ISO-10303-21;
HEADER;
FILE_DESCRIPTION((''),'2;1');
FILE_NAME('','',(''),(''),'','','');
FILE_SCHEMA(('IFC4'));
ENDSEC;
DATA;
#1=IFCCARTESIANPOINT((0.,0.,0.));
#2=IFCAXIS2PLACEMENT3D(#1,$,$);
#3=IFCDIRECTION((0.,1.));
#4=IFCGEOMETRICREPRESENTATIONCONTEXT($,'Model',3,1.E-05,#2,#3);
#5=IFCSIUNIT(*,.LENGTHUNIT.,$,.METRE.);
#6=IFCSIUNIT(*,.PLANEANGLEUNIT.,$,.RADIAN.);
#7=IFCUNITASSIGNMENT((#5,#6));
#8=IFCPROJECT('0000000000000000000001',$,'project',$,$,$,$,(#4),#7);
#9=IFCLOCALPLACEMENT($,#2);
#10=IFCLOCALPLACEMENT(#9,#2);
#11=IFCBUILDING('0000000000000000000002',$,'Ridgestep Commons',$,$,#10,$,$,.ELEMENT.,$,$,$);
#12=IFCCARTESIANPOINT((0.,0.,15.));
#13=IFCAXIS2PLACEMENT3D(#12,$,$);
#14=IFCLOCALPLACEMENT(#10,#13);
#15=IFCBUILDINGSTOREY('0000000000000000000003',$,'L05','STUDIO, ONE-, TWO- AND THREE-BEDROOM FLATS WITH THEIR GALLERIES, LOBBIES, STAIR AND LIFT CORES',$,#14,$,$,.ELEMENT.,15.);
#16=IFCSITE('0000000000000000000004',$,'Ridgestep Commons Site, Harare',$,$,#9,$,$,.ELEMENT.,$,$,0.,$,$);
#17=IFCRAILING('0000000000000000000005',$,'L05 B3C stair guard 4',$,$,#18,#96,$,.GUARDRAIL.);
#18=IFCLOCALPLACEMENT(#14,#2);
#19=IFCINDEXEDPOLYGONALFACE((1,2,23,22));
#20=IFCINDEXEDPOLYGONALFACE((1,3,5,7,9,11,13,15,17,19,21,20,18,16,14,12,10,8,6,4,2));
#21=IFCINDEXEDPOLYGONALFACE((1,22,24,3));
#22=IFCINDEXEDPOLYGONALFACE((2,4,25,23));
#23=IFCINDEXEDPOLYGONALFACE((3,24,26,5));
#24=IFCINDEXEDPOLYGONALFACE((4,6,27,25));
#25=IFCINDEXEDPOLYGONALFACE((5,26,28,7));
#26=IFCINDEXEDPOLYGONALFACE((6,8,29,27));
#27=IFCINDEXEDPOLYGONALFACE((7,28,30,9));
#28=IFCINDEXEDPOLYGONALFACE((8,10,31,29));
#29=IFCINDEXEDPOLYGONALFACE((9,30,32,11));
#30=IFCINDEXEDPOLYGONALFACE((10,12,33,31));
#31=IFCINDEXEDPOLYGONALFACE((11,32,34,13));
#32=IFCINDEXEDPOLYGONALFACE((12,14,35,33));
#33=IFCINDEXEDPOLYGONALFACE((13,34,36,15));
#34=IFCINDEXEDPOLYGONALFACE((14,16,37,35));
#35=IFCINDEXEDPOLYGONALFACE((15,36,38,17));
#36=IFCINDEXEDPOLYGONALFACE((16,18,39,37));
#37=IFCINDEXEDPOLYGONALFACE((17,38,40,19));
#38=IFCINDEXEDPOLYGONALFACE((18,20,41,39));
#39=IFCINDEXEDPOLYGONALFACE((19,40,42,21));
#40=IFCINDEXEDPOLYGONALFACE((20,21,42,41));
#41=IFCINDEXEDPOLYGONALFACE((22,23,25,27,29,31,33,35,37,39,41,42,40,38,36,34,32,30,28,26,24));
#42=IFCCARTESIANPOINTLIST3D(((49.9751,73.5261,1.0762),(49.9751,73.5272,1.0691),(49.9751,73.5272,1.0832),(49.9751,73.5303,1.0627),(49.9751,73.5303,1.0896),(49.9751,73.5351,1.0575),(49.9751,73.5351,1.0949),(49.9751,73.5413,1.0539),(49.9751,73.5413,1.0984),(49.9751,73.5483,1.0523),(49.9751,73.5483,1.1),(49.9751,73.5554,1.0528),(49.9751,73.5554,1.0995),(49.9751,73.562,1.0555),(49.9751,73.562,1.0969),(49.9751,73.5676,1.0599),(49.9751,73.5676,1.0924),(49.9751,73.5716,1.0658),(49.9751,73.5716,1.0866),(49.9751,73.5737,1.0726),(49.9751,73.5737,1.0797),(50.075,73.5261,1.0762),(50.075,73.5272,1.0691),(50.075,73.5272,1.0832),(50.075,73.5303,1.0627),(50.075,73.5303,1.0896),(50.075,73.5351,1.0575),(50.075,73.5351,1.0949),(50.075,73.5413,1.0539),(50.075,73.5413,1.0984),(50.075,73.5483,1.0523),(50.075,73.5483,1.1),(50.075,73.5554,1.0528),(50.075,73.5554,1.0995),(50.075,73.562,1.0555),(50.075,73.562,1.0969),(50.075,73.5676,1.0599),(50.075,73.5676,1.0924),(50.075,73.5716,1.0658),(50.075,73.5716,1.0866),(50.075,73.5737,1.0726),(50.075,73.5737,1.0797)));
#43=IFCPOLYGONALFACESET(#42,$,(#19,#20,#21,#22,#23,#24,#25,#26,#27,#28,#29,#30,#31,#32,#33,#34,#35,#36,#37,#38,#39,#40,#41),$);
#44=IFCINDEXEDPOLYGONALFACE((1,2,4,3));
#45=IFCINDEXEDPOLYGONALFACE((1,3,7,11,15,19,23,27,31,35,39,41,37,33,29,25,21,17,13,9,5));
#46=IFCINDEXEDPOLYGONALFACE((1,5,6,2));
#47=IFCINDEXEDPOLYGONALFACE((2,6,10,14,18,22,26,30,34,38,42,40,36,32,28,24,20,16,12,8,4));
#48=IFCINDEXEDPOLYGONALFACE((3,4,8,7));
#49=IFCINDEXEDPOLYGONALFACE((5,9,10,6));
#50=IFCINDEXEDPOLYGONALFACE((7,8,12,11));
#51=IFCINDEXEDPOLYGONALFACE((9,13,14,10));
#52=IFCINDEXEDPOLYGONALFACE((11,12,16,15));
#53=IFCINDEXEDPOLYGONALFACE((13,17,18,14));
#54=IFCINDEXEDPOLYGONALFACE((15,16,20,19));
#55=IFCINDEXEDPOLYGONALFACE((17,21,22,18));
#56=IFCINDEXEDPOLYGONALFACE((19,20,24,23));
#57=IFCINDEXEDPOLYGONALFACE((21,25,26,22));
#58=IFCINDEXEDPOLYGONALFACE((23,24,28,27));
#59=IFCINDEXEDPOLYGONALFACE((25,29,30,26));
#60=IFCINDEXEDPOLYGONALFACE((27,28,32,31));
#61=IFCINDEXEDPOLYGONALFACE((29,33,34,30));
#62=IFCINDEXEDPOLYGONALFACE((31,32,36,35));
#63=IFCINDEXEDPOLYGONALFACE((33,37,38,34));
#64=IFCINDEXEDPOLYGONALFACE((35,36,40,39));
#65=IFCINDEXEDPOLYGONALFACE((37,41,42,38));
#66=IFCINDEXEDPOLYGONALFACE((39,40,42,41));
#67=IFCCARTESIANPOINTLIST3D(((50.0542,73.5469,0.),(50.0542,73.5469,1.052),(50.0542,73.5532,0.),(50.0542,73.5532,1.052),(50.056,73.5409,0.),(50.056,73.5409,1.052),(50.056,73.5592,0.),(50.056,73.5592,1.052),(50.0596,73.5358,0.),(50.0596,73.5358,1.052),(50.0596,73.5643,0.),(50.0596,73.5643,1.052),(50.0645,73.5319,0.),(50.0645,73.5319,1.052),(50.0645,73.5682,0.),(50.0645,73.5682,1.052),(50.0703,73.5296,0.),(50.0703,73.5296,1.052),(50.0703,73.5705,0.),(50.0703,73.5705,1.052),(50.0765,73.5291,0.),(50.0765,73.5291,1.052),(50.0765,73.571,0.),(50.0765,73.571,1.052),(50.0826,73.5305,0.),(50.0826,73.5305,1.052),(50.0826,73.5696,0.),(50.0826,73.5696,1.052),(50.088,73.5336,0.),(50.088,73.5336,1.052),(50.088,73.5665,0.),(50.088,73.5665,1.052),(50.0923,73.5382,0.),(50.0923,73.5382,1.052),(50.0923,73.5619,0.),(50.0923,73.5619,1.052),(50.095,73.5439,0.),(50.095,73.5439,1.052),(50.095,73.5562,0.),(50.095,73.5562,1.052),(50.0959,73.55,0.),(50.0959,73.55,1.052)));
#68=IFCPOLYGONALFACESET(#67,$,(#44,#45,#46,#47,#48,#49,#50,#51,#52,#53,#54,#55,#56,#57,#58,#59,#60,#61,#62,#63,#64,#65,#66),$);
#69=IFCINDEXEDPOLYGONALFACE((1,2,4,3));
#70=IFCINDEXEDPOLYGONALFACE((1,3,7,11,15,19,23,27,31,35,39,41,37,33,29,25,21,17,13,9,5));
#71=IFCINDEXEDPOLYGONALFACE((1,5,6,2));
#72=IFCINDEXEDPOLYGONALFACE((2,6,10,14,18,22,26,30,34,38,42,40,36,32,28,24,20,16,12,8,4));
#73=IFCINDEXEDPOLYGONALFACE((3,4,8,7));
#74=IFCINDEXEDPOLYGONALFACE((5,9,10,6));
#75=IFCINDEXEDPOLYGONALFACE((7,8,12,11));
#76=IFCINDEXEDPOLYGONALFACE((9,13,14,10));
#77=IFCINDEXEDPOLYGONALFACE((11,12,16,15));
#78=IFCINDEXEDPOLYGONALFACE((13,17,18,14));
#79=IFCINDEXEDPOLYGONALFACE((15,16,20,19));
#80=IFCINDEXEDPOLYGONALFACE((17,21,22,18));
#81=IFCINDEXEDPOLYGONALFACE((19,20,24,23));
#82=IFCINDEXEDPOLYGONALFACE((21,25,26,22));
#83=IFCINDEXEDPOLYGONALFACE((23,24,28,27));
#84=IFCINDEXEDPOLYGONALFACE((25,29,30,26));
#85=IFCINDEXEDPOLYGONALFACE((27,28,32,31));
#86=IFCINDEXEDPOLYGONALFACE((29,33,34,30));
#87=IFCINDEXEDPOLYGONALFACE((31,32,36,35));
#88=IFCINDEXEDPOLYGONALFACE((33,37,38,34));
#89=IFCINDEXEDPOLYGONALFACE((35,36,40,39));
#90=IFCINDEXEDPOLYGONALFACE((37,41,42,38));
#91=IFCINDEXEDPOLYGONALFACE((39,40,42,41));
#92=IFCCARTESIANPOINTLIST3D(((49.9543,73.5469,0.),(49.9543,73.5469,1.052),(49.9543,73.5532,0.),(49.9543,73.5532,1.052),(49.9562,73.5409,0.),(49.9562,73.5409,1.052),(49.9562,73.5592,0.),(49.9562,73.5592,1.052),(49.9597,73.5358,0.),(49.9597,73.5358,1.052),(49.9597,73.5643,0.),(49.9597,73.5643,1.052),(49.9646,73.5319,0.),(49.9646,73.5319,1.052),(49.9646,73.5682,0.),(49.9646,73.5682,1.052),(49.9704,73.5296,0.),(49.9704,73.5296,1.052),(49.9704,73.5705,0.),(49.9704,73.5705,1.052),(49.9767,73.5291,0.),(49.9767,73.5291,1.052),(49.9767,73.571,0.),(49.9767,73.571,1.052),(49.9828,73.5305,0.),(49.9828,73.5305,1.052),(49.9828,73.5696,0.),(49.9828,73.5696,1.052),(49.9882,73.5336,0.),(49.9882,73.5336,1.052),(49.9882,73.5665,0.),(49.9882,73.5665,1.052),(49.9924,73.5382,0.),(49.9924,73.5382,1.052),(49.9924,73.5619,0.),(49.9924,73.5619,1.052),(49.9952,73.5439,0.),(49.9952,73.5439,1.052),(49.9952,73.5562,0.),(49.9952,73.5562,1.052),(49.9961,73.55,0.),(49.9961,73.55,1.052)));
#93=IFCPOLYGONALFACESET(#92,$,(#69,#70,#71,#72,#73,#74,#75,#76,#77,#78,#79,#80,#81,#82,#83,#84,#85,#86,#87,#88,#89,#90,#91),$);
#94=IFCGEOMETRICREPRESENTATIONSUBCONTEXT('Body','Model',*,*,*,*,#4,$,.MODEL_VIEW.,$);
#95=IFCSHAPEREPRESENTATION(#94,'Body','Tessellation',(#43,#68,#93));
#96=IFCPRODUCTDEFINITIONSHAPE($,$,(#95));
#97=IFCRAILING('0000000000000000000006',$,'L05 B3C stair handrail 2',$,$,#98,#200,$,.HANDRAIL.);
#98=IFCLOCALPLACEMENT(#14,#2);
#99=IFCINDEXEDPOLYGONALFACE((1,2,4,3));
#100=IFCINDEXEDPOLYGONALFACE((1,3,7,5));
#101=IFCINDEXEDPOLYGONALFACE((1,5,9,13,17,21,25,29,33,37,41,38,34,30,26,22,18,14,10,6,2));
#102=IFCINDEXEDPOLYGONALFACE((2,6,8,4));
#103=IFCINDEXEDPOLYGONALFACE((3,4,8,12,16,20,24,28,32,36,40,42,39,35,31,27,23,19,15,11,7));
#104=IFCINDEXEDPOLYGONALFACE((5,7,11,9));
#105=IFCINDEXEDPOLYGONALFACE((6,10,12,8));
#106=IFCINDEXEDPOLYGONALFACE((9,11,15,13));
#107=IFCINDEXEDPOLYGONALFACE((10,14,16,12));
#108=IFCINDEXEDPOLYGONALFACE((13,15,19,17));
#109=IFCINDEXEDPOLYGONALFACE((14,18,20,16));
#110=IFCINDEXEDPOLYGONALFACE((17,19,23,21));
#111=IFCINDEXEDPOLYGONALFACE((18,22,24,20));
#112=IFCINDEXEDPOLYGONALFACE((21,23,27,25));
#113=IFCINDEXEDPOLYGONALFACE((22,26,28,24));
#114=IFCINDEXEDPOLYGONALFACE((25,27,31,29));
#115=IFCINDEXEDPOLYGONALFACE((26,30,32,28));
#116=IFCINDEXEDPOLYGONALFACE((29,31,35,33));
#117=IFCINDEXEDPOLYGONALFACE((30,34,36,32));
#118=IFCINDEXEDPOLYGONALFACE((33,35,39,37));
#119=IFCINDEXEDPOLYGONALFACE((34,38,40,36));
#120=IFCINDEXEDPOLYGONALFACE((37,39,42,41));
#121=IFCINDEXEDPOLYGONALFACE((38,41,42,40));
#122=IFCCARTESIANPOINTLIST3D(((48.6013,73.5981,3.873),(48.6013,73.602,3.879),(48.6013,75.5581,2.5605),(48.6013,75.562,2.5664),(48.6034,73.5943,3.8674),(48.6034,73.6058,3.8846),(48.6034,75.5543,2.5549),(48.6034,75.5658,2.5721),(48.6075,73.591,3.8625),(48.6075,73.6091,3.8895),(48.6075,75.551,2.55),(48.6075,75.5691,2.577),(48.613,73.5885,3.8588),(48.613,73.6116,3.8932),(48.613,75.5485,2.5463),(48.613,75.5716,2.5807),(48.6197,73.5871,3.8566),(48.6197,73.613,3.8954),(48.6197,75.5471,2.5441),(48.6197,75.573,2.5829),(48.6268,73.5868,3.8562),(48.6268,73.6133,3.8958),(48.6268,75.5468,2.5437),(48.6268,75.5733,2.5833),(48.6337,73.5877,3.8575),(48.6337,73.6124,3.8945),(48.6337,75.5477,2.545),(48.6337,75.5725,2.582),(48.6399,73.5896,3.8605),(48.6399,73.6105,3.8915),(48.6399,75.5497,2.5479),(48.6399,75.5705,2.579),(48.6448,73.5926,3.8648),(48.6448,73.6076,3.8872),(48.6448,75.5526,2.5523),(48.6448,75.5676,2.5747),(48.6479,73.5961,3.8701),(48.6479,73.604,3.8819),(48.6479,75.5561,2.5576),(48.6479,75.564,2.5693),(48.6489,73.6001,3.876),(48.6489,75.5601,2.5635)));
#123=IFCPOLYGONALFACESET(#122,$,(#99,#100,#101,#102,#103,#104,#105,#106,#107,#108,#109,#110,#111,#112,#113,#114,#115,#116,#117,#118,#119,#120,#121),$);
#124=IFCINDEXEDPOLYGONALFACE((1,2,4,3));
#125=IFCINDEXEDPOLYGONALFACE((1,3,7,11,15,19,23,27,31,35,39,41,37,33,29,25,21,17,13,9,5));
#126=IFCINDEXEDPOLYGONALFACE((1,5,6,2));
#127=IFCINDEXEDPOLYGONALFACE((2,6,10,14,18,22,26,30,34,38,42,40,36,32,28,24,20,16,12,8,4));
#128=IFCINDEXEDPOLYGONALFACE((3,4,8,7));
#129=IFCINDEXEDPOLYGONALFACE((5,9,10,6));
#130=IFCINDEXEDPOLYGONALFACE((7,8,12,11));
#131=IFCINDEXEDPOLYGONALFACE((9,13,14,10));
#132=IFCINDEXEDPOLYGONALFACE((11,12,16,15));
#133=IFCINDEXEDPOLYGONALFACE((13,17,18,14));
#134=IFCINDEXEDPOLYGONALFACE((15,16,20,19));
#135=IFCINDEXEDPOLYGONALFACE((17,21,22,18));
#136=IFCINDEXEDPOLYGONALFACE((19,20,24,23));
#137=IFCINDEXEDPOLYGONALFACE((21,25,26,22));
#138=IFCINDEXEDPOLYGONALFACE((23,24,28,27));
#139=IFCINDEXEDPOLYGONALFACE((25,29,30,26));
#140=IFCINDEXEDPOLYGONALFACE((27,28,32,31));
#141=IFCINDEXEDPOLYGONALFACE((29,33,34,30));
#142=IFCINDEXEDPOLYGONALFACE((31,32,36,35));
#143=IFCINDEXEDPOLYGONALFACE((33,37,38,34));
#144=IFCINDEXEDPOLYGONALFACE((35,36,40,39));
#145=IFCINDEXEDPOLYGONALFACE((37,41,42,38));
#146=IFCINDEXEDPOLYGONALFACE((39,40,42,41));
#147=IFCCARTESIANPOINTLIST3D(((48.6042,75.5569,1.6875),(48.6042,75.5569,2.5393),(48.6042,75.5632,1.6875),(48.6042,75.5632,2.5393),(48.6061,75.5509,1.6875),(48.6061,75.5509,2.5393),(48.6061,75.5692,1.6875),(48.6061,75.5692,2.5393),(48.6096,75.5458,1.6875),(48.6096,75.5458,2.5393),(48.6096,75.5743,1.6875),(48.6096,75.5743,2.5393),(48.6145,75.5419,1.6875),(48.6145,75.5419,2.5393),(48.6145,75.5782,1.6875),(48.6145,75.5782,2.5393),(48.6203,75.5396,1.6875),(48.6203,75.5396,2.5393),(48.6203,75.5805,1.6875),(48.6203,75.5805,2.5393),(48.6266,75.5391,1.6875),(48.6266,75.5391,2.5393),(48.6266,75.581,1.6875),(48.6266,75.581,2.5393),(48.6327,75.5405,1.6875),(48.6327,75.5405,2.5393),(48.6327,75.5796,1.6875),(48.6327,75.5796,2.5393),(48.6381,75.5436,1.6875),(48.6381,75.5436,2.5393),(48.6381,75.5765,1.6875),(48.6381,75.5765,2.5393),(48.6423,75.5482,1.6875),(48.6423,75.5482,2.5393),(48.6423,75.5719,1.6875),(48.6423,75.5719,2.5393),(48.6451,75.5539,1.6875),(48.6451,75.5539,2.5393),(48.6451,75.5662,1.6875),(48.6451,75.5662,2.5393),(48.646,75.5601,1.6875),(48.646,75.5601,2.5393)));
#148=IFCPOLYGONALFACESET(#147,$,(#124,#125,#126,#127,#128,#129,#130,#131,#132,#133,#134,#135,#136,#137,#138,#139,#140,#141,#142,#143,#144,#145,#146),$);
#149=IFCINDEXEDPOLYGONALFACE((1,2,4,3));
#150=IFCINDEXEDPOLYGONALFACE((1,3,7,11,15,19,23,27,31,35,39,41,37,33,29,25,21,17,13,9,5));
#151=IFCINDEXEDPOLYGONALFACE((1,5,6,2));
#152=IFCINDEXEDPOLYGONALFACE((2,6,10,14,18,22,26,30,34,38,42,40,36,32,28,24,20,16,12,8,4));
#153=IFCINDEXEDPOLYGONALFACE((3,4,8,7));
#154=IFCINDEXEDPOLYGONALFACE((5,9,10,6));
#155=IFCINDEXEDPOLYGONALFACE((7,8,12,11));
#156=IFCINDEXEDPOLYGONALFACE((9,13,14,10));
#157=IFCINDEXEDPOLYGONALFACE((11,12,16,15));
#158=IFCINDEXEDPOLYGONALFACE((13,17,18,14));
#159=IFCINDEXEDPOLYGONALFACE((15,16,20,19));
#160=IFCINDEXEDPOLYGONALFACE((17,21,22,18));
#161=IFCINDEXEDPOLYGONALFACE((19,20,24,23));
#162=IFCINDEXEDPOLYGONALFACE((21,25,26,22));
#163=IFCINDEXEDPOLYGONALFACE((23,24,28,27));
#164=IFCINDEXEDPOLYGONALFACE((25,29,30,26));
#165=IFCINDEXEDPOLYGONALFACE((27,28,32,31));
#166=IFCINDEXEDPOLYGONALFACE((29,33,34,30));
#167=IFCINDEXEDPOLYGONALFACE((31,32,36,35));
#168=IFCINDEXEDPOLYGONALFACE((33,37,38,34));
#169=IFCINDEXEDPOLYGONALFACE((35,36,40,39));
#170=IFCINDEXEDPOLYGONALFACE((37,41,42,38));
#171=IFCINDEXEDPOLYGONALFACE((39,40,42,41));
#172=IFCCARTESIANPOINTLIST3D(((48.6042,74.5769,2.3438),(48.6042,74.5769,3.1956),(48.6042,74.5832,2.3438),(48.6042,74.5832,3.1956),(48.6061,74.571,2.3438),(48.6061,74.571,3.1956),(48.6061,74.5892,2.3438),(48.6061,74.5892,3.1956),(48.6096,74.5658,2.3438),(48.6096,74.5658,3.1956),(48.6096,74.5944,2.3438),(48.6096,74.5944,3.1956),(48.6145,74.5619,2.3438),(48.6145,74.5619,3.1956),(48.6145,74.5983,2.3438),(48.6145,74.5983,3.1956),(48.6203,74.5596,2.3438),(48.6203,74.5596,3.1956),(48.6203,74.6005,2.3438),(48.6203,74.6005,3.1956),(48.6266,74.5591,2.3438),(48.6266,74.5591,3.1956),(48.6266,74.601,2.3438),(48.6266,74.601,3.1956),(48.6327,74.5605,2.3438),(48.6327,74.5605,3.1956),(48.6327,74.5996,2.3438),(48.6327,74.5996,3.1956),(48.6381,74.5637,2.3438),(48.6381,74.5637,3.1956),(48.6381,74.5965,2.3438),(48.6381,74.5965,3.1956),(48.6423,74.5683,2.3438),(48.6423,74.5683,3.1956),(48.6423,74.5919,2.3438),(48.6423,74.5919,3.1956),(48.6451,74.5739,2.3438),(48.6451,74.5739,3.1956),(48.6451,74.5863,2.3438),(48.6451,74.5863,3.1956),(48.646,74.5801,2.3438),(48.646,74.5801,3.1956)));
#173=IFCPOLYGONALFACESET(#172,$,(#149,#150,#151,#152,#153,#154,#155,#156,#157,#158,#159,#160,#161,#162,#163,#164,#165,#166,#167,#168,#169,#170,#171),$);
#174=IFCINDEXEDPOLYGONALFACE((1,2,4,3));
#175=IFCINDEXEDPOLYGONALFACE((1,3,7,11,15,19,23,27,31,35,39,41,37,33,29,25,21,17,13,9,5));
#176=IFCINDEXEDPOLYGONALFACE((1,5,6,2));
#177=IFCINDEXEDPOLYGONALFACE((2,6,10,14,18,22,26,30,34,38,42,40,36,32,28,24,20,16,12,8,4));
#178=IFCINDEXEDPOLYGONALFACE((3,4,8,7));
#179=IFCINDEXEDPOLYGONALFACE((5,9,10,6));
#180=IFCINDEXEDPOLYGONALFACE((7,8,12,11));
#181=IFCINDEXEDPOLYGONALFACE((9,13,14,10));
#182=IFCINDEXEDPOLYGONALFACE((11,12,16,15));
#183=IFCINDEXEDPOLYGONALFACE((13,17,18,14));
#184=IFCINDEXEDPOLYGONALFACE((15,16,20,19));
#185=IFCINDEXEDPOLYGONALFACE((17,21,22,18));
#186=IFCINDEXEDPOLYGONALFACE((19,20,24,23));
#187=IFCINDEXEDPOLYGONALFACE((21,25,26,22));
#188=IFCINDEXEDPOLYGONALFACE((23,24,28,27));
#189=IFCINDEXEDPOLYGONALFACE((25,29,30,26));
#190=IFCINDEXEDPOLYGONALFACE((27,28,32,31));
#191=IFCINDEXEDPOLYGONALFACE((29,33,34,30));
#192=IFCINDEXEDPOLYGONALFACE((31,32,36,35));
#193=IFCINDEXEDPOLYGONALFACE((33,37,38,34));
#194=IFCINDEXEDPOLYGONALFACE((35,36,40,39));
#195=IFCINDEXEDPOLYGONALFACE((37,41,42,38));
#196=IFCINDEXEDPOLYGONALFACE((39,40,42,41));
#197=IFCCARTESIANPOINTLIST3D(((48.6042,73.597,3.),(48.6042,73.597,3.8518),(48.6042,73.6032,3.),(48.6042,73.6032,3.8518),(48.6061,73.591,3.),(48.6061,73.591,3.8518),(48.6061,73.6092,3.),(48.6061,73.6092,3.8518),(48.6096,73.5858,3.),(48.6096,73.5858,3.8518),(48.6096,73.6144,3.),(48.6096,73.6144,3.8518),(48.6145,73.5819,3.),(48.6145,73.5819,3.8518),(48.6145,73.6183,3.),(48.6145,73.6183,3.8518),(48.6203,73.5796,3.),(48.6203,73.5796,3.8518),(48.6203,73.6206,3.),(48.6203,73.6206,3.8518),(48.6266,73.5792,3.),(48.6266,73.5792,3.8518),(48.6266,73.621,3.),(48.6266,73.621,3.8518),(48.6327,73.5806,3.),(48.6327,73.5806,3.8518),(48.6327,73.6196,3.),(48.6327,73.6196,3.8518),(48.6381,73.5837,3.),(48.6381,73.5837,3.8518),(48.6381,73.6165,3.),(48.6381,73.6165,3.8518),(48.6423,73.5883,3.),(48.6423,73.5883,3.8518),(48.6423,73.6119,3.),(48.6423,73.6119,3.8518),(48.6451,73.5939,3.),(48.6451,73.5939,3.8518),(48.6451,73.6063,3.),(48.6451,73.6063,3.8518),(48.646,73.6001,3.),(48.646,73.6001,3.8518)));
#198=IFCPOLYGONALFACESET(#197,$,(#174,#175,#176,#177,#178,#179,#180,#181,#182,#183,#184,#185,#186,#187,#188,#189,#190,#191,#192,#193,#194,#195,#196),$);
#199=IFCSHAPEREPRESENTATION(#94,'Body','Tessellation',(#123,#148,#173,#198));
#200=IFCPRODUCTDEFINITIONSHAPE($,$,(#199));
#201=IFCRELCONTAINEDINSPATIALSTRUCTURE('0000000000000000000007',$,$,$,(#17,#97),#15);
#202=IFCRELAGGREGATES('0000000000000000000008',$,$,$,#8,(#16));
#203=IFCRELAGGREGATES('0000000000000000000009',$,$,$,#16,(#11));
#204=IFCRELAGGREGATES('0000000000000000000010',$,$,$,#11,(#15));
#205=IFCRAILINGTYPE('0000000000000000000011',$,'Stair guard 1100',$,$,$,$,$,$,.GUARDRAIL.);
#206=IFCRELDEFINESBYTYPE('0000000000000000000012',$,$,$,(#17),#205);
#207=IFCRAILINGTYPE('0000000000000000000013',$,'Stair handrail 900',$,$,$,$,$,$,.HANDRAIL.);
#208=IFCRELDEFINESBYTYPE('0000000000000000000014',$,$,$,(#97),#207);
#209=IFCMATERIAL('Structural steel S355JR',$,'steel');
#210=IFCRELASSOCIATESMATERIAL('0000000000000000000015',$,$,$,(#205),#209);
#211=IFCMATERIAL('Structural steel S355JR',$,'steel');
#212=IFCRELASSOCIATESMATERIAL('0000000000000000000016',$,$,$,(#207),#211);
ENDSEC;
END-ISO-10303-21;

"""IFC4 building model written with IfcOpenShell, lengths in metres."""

from ifc_helpers import new_model, si_unit, direction, frame, origin, origin_2d, place, context, subcontext, project, spatial, circle, extrude, material, type_object, element, save


model = new_model("IFC4")

# Units and contexts
model_context = context("Model", 3, precision=1e-05, world=origin(), true_north=direction((0.0, 1.0)))
body_context = subcontext(model_context, "Body", "Model", "MODEL_VIEW")
ifc_project = project(units=[si_unit("LENGTHUNIT", "METRE"), si_unit("PLANEANGLEUNIT", "RADIAN")], contexts=[model_context])

# Site, building, storey
site_placement = place(None, origin())
site = spatial("IfcSite", under=ifc_project, at=site_placement, Name="Ridgestep Commons Site, Harare", CompositionType="ELEMENT", RefElevation=0.0)
building_placement = place(site_placement, origin())
building = spatial("IfcBuilding", under=site, at=building_placement, Name="Ridgestep Commons", CompositionType="ELEMENT")
storey_placement = place(building_placement, frame((0.0, 0.0, 15.0)))
storey = spatial("IfcBuildingStorey", under=building, at=storey_placement, Name="L05", Description="STUDIO, ONE-, TWO- AND THREE-BEDROOM FLATS WITH THEIR GALLERIES, LOBBIES, STAIR AND LIFT CORES", CompositionType="ELEMENT", Elevation=15.0)

# Railings
ifc_material_1 = material(Name="Structural steel S355JR", Category="steel")
railing_type_1 = type_object("IfcRailingType", Name="Stair guard 1100", PredefinedType="GUARDRAIL", material=ifc_material_1)
railing_1_placement = place(storey_placement, frame((50.075, 73.55, 0.0)))
element("IfcRailing", 1, at=railing_1_placement, inside=storey, type_object=railing_type_1, Name="L05 B3C stair guard 4", PredefinedType="GUARDRAIL", context=body_context, shape_type="SweptSolid", body=[
    extrude(circle(Radius=0.0239, at=origin_2d()), frame((0.0, 0.0, 1.0762), z_axis=(-1.0, 0.0, 0.0), x_axis=(0.0, -1.0, 0.0)), (0.0, 0.0, 1.0), 0.0999),
    extrude(circle(Radius=0.021, at=origin_2d()), origin(), (0.0, 0.0, 1.0), 1.052),
    extrude(circle(Radius=0.021, at=origin_2d()), frame((-0.0999, 0.0, 0.0)), (0.0, 0.0, 1.0), 1.052),
])
ifc_material_2 = material(Name="Structural steel S355JR", Category="steel")
railing_type_2 = type_object("IfcRailingType", Name="Stair handrail 900", PredefinedType="HANDRAIL", material=ifc_material_2)
railing_2_placement = place(storey_placement, frame((48.625, 75.5601, 1.6875)))
element("IfcRailing", 2, at=railing_2_placement, inside=storey, type_object=railing_type_2, Name="L05 B3C stair handrail 2", PredefinedType="HANDRAIL", context=body_context, shape_type="SweptSolid", body=[
    extrude(circle(Radius=0.0239, at=origin_2d()), frame((0.0, 0.0, 0.876), z_axis=(0.0, -0.830902, 0.556419), x_axis=(1.0, 0.0, 0.0)), (0.0, 0.0, 1.0), 2.3589),
    extrude(circle(Radius=0.021, at=origin_2d()), origin(), (0.0, 0.0, 1.0), 0.8518),
    extrude(circle(Radius=0.021, at=origin_2d()), frame((0.0, -0.98, 0.6562)), (0.0, 0.0, 1.0), 0.8518),
    extrude(circle(Radius=0.021, at=origin_2d()), frame((0.0, -1.96, 1.3125)), (0.0, 0.0, 1.0), 0.8518),
])

save(model, "model.ifc")
